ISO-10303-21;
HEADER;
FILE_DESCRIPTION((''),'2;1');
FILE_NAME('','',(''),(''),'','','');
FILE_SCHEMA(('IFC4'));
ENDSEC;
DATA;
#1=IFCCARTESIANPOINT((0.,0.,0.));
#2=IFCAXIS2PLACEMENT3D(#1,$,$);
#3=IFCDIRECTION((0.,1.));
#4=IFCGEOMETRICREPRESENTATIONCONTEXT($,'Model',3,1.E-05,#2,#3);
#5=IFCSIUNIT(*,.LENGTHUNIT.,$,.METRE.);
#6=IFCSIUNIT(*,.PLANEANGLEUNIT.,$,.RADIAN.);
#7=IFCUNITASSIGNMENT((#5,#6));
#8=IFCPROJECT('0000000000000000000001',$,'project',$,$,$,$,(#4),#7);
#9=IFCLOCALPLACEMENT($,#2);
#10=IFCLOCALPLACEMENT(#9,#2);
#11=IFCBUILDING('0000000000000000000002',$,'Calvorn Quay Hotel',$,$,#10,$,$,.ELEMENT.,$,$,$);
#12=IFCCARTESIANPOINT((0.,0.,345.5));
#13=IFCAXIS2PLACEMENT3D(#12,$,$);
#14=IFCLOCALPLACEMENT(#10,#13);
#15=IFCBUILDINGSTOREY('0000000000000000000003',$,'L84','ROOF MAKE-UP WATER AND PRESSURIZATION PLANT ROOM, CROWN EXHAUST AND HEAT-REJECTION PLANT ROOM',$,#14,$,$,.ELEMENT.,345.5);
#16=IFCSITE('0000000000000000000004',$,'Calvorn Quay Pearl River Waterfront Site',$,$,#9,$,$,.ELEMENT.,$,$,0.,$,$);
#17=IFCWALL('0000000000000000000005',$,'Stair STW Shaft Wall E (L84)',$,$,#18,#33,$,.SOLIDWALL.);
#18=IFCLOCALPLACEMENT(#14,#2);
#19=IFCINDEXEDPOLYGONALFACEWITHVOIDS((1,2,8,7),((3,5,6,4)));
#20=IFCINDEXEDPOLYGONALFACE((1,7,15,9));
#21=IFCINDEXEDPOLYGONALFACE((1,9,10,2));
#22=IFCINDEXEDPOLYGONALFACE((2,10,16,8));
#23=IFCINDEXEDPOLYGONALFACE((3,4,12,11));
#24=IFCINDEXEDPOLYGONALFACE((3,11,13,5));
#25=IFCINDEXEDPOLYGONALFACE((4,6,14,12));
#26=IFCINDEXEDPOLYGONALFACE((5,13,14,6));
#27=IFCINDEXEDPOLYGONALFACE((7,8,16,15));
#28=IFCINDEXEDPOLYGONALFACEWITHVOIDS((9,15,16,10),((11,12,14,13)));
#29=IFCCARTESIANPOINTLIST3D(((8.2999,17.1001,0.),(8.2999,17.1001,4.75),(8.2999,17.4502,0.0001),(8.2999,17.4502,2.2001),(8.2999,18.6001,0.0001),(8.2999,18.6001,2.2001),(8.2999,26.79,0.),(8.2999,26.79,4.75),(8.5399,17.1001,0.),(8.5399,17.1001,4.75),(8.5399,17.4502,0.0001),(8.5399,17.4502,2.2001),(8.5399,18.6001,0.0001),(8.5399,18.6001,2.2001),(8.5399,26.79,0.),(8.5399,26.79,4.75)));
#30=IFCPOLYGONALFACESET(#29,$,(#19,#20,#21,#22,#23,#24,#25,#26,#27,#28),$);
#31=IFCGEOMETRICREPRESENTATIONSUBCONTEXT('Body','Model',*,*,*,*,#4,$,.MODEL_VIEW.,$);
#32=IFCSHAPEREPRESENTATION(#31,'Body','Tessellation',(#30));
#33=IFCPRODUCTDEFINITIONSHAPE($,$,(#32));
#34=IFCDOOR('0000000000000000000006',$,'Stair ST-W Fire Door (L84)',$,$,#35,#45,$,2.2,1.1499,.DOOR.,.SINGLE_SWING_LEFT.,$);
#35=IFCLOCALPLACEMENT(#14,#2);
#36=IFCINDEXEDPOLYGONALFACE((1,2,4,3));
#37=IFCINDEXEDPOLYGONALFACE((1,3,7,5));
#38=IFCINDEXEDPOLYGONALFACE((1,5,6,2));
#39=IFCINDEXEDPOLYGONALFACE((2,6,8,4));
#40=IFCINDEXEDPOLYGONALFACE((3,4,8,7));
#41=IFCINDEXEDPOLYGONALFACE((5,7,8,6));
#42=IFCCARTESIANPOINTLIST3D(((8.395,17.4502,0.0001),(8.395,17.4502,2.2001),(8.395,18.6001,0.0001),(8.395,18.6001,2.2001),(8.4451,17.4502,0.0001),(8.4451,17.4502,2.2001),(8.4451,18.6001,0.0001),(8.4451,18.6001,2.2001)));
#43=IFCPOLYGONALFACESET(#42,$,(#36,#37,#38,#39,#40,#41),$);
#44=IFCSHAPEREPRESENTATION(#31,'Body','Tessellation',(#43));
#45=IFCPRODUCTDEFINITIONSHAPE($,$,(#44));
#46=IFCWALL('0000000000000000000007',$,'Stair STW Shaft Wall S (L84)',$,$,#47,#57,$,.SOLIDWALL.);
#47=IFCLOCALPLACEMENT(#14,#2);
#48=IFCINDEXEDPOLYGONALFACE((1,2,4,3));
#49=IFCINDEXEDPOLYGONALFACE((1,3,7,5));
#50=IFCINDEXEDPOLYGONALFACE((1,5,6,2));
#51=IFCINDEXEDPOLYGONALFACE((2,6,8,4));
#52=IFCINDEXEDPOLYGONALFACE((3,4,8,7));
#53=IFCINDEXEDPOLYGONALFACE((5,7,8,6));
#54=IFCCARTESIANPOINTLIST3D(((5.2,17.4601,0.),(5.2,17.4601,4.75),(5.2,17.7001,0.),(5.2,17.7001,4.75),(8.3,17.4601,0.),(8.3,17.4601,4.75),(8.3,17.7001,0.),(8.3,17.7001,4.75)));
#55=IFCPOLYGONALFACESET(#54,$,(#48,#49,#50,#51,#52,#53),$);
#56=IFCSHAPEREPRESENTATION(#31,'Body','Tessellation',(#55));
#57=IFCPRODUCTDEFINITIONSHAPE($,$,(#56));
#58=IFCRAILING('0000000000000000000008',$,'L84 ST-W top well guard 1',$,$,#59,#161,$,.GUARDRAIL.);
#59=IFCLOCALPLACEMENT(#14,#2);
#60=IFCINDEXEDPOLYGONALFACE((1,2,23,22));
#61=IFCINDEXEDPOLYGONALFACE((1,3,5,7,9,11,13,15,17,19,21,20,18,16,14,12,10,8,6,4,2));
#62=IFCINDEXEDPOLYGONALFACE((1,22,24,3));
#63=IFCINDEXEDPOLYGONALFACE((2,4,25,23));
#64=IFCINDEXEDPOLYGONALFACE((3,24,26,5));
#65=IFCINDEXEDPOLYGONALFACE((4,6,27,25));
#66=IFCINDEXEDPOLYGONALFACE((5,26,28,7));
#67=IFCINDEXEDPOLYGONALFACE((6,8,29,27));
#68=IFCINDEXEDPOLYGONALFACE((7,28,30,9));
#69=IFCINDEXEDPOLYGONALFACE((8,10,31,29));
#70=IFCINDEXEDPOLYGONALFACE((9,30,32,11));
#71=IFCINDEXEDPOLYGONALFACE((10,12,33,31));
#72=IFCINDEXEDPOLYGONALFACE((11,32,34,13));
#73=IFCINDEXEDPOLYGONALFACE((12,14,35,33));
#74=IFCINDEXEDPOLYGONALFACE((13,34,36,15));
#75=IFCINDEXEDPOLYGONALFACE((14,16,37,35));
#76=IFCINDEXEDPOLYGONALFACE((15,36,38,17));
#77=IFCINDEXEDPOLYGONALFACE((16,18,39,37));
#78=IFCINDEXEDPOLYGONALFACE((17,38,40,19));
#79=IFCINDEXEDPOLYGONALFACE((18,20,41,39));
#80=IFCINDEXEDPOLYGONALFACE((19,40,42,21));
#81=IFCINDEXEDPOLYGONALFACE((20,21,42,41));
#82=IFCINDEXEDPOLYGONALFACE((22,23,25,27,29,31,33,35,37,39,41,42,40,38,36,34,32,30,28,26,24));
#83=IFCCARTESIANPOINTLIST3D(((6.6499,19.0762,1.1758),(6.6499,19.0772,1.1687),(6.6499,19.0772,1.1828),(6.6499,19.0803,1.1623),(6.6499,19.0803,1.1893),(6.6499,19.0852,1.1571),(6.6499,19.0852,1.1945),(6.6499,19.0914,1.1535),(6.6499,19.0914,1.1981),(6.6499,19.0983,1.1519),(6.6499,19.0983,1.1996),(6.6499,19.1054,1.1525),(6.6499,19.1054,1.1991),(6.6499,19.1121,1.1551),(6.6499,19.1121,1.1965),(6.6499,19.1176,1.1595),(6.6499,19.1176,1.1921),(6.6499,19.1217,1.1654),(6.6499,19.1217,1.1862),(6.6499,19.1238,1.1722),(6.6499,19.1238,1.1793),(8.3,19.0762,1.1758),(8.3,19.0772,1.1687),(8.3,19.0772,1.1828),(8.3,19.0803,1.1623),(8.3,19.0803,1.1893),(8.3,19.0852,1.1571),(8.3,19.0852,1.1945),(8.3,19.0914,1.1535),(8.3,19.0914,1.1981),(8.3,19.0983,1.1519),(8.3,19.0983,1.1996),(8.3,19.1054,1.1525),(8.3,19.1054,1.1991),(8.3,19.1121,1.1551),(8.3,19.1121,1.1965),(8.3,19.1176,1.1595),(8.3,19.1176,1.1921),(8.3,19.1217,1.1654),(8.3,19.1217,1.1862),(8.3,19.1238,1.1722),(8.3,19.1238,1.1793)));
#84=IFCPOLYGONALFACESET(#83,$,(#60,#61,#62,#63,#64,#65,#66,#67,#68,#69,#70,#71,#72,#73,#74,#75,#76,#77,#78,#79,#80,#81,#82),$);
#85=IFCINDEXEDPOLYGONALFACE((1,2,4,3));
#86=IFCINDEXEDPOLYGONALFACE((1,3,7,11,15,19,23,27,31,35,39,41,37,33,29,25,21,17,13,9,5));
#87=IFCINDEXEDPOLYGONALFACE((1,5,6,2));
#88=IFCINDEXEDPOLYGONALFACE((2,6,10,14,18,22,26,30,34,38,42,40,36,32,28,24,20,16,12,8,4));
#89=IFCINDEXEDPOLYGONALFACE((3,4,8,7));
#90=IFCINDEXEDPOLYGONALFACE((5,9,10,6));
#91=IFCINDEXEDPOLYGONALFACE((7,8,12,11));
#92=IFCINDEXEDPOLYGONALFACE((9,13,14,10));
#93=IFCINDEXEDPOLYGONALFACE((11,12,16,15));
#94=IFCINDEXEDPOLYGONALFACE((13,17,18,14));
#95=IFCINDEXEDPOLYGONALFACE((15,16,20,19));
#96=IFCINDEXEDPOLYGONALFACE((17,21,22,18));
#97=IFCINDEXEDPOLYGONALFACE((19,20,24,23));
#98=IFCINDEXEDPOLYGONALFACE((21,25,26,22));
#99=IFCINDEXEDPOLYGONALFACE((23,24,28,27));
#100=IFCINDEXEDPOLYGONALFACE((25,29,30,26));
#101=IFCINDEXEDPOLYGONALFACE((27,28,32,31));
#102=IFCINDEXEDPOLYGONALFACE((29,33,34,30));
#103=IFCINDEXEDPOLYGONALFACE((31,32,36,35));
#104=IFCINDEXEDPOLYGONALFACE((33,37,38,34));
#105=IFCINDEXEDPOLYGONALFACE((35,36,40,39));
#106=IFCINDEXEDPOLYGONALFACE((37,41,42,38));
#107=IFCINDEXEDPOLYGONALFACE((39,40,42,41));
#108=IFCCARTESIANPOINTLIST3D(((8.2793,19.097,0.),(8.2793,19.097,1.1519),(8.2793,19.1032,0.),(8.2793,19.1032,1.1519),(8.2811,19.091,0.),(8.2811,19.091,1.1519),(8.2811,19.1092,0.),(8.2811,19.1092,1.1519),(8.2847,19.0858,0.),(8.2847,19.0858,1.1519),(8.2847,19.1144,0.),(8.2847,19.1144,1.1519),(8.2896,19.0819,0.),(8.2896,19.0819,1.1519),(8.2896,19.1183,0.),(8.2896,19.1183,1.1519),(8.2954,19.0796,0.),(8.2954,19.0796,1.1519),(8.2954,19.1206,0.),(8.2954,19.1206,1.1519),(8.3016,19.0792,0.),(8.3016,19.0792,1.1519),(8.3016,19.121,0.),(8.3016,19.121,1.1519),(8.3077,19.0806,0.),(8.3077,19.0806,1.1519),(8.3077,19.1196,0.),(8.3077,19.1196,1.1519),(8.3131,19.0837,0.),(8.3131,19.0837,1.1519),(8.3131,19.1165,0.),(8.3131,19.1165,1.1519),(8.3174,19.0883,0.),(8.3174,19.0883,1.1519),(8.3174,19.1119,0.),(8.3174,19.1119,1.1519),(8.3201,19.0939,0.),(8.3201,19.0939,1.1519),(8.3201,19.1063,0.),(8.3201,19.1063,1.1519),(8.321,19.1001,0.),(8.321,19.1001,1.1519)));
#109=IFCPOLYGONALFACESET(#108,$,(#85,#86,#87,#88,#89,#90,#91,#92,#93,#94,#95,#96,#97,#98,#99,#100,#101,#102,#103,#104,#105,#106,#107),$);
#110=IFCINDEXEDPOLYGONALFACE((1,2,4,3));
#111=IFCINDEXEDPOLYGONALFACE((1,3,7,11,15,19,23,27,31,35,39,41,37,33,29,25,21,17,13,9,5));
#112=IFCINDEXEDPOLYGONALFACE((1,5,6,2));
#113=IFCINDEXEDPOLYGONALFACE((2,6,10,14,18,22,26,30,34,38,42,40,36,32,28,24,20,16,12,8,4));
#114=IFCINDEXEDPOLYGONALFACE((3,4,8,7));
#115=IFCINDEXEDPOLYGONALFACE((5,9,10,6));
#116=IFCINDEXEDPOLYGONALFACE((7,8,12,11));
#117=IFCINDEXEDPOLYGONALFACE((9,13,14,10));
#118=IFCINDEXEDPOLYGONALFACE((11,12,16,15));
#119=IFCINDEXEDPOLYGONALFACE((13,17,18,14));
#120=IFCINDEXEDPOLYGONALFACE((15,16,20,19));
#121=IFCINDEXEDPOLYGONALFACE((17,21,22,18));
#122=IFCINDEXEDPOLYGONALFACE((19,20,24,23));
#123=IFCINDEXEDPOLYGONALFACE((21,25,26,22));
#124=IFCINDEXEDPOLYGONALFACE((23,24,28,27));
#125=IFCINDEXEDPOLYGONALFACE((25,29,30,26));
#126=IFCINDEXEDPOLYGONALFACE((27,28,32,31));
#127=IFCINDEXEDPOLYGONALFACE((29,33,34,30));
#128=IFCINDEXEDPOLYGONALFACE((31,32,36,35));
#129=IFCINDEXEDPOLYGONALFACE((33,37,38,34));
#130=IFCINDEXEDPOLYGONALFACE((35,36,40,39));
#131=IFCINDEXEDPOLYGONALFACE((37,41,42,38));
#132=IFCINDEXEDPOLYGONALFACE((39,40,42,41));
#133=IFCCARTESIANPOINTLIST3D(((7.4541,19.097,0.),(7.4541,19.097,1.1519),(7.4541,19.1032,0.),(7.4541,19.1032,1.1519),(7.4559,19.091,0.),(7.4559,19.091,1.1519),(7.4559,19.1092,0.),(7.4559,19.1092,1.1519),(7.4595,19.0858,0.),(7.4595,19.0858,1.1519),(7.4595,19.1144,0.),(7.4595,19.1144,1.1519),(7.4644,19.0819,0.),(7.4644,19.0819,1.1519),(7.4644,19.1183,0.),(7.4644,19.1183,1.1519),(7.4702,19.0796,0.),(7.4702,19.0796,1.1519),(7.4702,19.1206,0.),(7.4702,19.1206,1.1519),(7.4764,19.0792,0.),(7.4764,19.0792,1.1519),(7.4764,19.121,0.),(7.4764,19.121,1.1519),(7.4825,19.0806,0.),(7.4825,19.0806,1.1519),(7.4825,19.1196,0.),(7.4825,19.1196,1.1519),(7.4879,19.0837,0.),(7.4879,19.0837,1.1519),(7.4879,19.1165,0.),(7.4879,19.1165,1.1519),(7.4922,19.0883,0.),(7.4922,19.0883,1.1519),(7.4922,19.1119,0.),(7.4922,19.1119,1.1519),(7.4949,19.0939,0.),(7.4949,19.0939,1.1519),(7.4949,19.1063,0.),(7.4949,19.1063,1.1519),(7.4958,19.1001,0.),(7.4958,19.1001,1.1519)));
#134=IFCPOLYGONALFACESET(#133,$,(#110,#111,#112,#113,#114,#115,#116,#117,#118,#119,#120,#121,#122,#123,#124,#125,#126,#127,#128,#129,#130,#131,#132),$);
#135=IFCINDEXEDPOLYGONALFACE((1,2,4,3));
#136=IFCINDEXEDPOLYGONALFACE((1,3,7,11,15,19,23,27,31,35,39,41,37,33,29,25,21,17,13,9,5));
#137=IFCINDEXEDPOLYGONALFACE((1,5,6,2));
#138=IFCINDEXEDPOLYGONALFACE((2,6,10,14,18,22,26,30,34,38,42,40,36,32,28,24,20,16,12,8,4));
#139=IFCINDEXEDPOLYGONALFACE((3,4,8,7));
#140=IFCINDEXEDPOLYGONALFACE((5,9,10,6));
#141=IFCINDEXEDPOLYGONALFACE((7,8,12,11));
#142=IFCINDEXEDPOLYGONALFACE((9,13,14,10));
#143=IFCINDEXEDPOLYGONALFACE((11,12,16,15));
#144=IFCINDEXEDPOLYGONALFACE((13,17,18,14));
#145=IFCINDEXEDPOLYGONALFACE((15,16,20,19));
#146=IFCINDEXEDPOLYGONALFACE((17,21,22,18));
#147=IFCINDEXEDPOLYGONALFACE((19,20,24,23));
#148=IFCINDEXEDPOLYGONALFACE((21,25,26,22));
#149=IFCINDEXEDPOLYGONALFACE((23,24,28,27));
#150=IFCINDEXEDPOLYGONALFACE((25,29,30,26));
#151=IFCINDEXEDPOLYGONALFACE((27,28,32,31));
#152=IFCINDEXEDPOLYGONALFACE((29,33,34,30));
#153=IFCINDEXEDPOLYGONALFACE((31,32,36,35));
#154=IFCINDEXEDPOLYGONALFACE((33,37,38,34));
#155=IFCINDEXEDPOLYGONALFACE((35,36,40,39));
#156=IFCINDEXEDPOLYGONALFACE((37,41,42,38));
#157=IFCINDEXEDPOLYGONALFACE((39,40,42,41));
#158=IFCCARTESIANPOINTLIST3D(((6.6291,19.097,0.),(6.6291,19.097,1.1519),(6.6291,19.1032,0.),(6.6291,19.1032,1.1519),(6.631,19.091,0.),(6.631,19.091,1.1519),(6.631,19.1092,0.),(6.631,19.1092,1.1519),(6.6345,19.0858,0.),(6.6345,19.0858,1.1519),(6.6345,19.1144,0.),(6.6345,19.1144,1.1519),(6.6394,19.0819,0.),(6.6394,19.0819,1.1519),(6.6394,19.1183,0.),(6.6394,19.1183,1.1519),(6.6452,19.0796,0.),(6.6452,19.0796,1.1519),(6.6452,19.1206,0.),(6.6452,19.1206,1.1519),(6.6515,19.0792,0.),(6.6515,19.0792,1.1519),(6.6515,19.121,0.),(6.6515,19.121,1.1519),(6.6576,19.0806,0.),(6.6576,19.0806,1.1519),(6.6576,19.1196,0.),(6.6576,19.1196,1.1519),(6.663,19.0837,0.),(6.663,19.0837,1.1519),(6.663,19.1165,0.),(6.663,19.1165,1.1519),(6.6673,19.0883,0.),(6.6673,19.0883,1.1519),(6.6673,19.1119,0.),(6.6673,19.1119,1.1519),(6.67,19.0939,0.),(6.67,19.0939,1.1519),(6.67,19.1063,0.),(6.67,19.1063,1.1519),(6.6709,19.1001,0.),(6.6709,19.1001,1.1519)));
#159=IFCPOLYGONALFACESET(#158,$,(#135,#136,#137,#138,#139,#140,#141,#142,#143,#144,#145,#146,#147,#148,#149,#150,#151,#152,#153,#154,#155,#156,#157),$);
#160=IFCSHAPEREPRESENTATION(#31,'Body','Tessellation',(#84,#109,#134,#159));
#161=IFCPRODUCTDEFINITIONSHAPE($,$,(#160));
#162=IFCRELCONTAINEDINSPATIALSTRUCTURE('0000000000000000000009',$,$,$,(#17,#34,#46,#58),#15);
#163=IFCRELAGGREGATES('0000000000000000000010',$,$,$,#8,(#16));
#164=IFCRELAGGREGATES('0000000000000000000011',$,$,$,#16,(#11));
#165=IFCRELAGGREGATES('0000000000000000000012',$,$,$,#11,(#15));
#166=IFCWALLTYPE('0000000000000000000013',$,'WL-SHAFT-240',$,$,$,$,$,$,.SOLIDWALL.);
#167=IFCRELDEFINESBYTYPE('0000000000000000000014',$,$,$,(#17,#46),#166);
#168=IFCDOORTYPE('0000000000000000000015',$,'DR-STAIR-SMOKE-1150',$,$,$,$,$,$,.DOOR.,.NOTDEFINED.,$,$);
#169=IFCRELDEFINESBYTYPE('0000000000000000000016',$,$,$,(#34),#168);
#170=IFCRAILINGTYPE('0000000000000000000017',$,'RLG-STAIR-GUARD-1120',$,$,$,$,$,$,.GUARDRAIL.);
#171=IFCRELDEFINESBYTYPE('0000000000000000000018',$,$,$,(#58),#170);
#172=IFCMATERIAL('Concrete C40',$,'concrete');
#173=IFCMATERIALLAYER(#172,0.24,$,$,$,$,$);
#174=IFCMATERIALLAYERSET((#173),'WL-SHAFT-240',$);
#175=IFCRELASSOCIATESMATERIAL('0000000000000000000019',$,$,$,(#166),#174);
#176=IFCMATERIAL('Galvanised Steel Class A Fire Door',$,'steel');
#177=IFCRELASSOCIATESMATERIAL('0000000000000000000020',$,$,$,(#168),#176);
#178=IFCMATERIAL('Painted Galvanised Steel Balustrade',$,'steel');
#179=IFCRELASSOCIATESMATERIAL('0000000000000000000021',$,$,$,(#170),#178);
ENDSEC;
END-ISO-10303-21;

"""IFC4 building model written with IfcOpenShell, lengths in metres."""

from ifc_helpers import new_model, si_unit, direction, frame, frame_2d, origin, origin_2d, place, context, subcontext, project, spatial, rectangle, circle, extrude, material, layer, layer_set, type_object, element, fill, save


model = new_model("IFC4")

# Units and contexts
model_context = context("Model", 3, precision=1e-05, world=origin(), true_north=direction((0.0, 1.0)))
body_context = subcontext(model_context, "Body", "Model", "MODEL_VIEW")
ifc_project = project(units=[si_unit("LENGTHUNIT", "METRE"), si_unit("PLANEANGLEUNIT", "RADIAN")], contexts=[model_context])

# Site, building, storey
site_placement = place(None, origin())
site = spatial("IfcSite", under=ifc_project, at=site_placement, Name="Calvorn Quay Pearl River Waterfront Site", CompositionType="ELEMENT", RefElevation=0.0)
building_placement = place(site_placement, origin())
building = spatial("IfcBuilding", under=site, at=building_placement, Name="Calvorn Quay Hotel", CompositionType="ELEMENT")
storey_placement = place(building_placement, frame((0.0, 0.0, 345.5)))
storey = spatial("IfcBuildingStorey", under=building, at=storey_placement, Name="L84", Description="ROOF MAKE-UP WATER AND PRESSURIZATION PLANT ROOM, CROWN EXHAUST AND HEAT-REJECTION PLANT ROOM", CompositionType="ELEMENT", Elevation=345.5)

# Shared definitions
ifc_material_1 = material(Name="Concrete C40", Category="concrete")
ifc_layer_1 = layer(ifc_material_1, 0.24)
ifc_layer_set_1 = layer_set([ifc_layer_1], Name="WL-SHAFT-240")
wall_type_1 = type_object("IfcWallType", Name="WL-SHAFT-240", PredefinedType="SOLIDWALL", material=ifc_layer_set_1)

# Wall, opening, door
wall_1_placement = place(storey_placement, frame((8.4199, 17.1001, 0.0), z_axis=(0.0, 0.0, 1.0), x_axis=(0.0, 1.0, 0.0)))
wall_1 = element("IfcWall", 1, at=wall_1_placement, inside=storey, type_object=wall_type_1, Name="Stair STW Shaft Wall E (L84)", PredefinedType="SOLIDWALL", context=body_context, shape_type="SweptSolid", body=[
    extrude(rectangle(XDim=9.6899, YDim=0.24, at=frame_2d((4.845, 0.0))), origin(), (0.0, 0.0, 1.0), 4.75),
])
opening_1_placement = place(wall_1_placement, frame((0.3501, 0.0, 0.0)))
opening_1 = element("IfcOpeningElement", 2, at=opening_1_placement, cuts=wall_1, PredefinedType="OPENING", context=body_context, shape_type="SweptSolid", body=[
    extrude(rectangle(XDim=1.1499, YDim=2.2, at=frame_2d((0.575, 1.1001))), frame((0.0, 0.1299, 0.0), z_axis=(0.0, -1.0, 0.0), x_axis=(1.0, 0.0, 0.0)), (0.0, 0.0, 1.0), 0.26),
])
ifc_material_2 = material(Name="Galvanised Steel Class A Fire Door", Category="steel")
door_type_1 = type_object("IfcDoorType", Name="DR-STAIR-SMOKE-1150", OperationType="NOTDEFINED", PredefinedType="DOOR", material=ifc_material_2)
door_1_placement = place(opening_1_placement, origin())
door_1 = element("IfcDoor", 3, at=door_1_placement, inside=storey, type_object=door_type_1, Name="Stair ST-W Fire Door (L84)", OperationType="SINGLE_SWING_LEFT", OverallHeight=2.2, OverallWidth=1.1499, PredefinedType="DOOR", context=body_context, shape_type="SweptSolid", body=[
    extrude(rectangle(XDim=1.1499, YDim=2.2, at=frame_2d((0.575, 1.1001))), frame((0.0, 0.0249, 0.0), z_axis=(0.0, -1.0, 0.0), x_axis=(1.0, 0.0, 0.0)), (0.0, 0.0, 1.0), 0.05),
])
fill(opening_1, door_1)

# Wall
wall_2_placement = place(storey_placement, frame((5.2, 17.5801, 0.0), z_axis=(0.0, 0.0, 1.0), x_axis=(1.0, 0.0, 0.0)))
element("IfcWall", 4, at=wall_2_placement, inside=storey, type_object=wall_type_1, Name="Stair STW Shaft Wall S (L84)", PredefinedType="SOLIDWALL", context=body_context, shape_type="SweptSolid", body=[
    extrude(rectangle(XDim=3.1001, YDim=0.24, at=frame_2d((1.55, 0.0))), origin(), (0.0, 0.0, 1.0), 4.75),
])

# Railing
ifc_material_3 = material(Name="Painted Galvanised Steel Balustrade", Category="steel")
railing_type = type_object("IfcRailingType", Name="RLG-STAIR-GUARD-1120", PredefinedType="GUARDRAIL", material=ifc_material_3)
railing_placement = place(storey_placement, frame((8.3, 19.1001, 0.0)))
element("IfcRailing", 5, at=railing_placement, inside=storey, type_object=railing_type, Name="L84 ST-W top well guard 1", PredefinedType="GUARDRAIL", context=body_context, shape_type="SweptSolid", body=[
    extrude(circle(Radius=0.0239, at=origin_2d()), frame((0.0, 0.0, 1.1758), z_axis=(-1.0, 0.0, 0.0), x_axis=(0.0, -1.0, 0.0)), (0.0, 0.0, 1.0), 1.6501),
    extrude(circle(Radius=0.021, at=origin_2d()), origin(), (0.0, 0.0, 1.0), 1.1519),
    extrude(circle(Radius=0.021, at=origin_2d()), frame((-0.8252, 0.0, 0.0)), (0.0, 0.0, 1.0), 1.1519),
    extrude(circle(Radius=0.021, at=origin_2d()), frame((-1.6501, 0.0, 0.0)), (0.0, 0.0, 1.0), 1.1519),
])

save(model, "model.ifc")
